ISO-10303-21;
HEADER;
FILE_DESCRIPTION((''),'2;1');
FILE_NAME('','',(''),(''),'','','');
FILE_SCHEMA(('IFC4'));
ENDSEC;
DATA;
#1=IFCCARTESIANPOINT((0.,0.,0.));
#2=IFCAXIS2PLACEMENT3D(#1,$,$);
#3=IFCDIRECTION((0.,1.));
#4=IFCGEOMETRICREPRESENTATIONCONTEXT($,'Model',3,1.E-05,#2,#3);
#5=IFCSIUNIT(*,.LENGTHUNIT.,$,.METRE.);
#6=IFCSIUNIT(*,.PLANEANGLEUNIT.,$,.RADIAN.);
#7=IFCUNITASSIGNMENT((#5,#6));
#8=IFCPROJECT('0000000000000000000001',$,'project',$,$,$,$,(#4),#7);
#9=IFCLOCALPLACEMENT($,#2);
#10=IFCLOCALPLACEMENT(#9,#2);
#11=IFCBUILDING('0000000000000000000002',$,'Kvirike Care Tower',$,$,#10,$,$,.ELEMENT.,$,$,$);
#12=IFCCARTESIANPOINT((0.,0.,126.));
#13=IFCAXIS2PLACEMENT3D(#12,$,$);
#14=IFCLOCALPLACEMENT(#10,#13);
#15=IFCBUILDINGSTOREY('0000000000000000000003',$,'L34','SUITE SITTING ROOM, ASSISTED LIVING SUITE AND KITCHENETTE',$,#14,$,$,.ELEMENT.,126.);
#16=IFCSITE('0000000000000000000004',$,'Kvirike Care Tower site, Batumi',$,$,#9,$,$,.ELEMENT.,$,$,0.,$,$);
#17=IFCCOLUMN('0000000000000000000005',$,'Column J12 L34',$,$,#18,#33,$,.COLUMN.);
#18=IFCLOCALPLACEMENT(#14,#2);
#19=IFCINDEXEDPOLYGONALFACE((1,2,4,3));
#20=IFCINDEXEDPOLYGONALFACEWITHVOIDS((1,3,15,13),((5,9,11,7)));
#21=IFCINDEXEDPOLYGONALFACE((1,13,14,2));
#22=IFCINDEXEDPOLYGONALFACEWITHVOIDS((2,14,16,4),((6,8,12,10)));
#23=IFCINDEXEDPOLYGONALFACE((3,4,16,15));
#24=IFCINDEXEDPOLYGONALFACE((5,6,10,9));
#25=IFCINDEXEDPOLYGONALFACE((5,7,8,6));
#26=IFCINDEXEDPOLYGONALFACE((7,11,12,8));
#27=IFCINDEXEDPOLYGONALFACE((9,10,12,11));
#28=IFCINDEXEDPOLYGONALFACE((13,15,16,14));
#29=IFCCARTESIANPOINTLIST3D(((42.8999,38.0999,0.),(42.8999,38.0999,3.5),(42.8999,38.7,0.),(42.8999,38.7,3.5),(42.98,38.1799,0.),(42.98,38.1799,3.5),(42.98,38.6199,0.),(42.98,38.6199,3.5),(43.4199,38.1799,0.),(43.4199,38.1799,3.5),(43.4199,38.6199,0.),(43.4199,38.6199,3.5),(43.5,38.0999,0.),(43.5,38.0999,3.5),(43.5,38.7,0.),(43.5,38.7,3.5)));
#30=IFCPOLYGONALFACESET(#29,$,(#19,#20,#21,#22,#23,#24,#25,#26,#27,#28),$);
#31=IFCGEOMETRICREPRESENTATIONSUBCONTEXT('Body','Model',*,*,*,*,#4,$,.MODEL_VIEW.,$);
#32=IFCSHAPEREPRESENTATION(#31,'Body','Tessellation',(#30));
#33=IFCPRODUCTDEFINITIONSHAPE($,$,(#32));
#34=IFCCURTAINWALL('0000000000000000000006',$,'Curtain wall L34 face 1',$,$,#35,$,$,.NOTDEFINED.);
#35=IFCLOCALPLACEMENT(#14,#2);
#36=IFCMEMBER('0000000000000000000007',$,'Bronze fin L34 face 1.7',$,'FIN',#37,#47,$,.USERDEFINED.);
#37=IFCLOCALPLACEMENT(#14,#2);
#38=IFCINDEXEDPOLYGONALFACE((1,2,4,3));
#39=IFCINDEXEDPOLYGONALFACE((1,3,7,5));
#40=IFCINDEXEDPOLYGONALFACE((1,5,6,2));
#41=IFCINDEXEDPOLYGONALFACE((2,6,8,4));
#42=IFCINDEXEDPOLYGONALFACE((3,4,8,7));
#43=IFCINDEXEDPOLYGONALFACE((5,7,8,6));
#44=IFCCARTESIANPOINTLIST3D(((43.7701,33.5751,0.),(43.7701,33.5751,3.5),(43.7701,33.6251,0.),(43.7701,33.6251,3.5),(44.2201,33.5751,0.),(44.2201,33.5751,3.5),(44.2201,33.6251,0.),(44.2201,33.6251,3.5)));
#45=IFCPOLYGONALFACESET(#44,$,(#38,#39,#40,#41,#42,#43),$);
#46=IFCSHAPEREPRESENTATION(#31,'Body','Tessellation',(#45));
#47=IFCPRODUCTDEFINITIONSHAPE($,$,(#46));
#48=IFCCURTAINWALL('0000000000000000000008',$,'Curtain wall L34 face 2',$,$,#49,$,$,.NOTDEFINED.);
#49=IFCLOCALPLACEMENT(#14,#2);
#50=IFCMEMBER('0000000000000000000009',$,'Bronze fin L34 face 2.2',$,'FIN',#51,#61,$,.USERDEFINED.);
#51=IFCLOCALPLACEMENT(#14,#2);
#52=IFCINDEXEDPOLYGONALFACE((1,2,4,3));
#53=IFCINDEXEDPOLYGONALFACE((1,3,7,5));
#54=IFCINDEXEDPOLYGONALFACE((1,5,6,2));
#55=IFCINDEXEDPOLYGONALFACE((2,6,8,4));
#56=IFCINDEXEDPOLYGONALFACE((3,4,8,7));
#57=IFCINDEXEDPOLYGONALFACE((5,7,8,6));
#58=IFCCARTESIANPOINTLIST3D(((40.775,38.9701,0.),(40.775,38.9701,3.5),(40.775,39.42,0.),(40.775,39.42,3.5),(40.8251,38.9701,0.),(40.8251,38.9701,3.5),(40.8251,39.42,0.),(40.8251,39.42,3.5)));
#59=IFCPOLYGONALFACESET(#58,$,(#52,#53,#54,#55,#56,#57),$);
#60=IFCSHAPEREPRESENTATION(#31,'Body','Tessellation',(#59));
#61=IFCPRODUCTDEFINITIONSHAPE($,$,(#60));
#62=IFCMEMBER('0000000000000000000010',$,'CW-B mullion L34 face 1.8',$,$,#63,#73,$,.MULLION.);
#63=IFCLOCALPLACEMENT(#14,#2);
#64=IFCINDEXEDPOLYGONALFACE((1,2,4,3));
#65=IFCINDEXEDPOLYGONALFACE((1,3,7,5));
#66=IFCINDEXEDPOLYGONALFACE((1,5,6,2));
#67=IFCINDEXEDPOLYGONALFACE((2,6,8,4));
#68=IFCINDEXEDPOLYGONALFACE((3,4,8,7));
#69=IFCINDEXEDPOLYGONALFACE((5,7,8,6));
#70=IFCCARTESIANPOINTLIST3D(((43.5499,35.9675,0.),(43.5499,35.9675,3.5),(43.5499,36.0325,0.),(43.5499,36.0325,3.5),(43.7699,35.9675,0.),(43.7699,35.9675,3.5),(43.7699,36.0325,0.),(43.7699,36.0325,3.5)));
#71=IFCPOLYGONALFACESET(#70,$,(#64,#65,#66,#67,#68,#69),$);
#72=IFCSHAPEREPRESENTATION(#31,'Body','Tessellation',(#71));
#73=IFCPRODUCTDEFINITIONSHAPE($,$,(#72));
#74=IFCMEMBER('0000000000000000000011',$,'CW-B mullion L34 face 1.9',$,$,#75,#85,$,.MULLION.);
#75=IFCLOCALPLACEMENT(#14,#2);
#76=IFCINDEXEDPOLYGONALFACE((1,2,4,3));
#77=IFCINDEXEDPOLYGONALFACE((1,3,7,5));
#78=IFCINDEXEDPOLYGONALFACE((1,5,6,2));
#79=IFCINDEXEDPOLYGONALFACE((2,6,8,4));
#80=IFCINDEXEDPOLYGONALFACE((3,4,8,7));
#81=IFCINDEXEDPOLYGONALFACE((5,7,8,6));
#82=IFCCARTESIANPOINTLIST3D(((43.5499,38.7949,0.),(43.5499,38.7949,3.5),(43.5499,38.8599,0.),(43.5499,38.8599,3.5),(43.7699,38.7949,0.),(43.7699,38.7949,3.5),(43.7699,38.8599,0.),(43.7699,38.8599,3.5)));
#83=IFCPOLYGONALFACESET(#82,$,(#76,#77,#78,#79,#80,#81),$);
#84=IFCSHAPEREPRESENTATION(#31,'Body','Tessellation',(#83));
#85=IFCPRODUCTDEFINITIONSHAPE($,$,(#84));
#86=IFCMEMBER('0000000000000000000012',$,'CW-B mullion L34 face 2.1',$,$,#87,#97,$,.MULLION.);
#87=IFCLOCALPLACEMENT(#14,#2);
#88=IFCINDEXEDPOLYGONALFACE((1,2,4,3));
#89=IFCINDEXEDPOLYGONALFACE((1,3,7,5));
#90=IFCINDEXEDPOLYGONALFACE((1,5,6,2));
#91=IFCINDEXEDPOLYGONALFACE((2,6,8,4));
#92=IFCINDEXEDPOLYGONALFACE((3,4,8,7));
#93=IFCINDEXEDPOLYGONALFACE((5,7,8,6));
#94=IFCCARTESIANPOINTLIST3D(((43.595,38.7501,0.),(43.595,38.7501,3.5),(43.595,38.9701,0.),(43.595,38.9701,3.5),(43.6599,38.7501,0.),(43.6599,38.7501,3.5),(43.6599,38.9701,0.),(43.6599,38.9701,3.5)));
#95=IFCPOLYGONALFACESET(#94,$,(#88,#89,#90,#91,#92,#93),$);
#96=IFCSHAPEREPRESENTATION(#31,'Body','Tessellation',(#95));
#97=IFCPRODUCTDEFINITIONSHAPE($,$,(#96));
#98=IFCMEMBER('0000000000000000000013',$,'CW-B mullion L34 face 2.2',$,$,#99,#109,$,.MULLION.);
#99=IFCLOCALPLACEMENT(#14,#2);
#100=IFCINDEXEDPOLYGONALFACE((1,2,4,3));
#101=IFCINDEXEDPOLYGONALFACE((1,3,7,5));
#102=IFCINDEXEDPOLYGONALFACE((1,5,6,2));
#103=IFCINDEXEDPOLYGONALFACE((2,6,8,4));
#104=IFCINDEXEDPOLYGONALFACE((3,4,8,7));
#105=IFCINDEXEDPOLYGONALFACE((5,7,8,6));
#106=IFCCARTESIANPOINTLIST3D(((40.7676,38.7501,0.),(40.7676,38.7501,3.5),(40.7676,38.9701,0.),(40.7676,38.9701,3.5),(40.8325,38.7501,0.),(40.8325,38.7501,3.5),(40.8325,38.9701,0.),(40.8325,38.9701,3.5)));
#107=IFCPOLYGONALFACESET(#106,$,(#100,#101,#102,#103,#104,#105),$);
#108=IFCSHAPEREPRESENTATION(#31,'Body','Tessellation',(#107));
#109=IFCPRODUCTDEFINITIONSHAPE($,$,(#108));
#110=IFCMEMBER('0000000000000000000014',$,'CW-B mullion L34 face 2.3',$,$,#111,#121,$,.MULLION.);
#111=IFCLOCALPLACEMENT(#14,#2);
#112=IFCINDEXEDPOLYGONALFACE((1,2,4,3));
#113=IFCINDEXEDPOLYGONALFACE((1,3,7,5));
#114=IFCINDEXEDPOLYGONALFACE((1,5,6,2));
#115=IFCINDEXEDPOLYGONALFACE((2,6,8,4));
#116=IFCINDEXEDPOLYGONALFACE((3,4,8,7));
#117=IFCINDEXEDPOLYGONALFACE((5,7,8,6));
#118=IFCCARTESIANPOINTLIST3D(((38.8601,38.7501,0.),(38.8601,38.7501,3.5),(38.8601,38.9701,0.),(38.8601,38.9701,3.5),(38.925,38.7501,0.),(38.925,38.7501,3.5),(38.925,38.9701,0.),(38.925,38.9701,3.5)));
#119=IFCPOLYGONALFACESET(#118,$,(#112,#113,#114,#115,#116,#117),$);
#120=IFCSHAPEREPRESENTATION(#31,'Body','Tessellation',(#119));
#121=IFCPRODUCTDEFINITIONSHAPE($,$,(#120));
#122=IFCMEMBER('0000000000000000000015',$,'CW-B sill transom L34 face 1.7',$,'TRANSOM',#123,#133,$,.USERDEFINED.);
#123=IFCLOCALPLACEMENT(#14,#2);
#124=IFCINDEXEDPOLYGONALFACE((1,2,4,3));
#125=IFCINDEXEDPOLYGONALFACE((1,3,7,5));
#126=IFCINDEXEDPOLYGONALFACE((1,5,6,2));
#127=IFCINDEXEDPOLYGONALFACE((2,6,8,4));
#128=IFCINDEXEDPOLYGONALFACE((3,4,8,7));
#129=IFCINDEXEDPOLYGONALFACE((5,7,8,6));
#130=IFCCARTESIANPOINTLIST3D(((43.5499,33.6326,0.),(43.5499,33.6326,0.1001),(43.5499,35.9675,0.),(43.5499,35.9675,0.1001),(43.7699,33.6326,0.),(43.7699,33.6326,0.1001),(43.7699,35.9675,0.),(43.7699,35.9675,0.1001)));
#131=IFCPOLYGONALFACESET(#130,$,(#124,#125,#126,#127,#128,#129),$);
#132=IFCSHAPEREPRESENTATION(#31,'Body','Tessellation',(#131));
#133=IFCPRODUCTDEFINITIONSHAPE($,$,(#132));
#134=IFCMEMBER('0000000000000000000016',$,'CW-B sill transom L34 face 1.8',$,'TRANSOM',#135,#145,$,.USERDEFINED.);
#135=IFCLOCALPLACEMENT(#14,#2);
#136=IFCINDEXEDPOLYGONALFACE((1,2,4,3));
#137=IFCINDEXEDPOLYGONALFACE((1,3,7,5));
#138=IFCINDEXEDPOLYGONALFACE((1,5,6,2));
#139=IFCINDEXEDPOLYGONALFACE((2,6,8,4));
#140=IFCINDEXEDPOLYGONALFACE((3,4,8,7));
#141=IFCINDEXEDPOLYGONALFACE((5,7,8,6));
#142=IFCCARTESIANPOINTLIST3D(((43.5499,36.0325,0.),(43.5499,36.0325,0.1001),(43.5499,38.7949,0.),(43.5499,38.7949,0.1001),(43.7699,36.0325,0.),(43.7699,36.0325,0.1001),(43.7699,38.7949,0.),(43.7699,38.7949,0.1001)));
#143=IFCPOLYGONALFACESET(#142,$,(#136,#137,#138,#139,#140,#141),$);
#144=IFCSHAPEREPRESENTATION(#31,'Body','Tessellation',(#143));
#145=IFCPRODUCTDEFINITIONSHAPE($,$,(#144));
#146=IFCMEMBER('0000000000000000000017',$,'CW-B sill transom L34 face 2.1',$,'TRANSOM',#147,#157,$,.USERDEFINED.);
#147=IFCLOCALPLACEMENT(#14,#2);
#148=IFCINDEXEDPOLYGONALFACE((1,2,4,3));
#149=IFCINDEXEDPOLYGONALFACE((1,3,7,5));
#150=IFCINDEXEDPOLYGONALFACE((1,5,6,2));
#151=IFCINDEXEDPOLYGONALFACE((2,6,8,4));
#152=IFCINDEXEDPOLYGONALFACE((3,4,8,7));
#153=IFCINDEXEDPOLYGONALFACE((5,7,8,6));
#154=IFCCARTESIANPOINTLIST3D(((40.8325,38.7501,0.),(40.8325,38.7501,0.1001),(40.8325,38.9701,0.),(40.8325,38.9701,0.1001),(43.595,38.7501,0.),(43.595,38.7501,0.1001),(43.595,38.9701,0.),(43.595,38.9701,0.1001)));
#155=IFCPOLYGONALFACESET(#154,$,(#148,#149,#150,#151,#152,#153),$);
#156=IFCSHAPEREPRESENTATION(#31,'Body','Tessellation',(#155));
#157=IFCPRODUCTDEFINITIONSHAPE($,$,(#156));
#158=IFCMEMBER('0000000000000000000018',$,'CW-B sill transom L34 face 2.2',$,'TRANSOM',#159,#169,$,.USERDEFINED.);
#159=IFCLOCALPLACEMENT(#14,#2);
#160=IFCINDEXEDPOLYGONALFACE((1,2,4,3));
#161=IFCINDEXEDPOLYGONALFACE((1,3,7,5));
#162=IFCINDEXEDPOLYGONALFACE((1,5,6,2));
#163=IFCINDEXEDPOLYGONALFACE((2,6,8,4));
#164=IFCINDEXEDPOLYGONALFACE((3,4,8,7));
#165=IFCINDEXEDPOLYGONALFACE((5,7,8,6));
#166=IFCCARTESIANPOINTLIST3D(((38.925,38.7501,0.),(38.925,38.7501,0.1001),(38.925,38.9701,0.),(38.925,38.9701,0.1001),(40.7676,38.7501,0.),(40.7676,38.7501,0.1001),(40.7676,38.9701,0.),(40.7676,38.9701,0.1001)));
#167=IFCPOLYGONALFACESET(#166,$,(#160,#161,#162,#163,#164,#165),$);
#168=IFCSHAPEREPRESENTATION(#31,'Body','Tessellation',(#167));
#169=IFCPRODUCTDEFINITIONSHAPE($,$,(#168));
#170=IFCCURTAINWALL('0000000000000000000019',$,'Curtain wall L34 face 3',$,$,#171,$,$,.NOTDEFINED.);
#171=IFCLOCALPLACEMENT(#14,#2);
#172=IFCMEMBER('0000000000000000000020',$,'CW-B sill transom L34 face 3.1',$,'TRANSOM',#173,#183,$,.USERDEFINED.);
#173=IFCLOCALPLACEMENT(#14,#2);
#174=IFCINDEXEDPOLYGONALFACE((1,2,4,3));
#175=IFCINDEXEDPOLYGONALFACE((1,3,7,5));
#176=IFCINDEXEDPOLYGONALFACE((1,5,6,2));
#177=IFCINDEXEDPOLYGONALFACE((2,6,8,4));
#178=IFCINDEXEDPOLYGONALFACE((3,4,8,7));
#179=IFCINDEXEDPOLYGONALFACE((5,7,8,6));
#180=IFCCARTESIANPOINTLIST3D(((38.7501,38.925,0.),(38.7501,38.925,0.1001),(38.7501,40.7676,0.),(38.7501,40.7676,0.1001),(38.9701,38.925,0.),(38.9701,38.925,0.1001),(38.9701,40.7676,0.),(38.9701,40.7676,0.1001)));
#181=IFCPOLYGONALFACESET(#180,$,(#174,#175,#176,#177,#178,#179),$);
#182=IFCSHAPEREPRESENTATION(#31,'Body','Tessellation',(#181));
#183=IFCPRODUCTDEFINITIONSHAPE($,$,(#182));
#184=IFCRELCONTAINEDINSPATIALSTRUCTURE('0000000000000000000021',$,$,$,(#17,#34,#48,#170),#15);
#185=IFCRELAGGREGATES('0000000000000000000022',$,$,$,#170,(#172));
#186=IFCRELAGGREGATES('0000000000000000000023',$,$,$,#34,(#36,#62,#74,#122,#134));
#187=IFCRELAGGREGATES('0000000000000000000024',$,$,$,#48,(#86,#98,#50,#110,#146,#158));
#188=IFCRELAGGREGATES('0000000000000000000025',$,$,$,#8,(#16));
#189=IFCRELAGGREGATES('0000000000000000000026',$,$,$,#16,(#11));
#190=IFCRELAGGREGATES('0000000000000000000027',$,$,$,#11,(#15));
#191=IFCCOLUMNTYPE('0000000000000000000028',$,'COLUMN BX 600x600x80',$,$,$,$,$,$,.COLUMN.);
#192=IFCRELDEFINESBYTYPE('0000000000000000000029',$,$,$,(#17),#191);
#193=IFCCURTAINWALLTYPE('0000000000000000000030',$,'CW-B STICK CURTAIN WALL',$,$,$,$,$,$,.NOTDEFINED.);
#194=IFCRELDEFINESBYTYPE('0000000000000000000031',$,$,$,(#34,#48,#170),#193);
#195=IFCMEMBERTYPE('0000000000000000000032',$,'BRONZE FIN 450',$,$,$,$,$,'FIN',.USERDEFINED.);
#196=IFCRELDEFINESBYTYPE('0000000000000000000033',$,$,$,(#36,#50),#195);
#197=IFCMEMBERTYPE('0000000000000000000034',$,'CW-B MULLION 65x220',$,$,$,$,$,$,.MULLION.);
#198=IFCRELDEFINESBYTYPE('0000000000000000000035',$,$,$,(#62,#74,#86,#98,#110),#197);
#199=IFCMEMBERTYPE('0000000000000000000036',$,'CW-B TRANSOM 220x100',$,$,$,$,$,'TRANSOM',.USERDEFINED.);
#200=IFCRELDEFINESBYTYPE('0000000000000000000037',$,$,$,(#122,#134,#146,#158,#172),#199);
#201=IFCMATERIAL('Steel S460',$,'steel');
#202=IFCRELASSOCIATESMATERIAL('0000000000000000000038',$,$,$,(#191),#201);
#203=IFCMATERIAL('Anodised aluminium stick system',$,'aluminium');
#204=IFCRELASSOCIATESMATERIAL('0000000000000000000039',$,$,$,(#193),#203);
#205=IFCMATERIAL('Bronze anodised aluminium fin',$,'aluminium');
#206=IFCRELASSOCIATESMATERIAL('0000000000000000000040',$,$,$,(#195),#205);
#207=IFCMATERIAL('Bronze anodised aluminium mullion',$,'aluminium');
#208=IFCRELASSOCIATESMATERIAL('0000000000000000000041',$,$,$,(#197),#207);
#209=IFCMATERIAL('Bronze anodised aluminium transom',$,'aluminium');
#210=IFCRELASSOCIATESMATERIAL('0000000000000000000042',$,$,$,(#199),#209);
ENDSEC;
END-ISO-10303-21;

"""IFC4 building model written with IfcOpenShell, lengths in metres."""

from ifc_helpers import new_model, si_unit, direction, frame, origin, origin_2d, place, context, subcontext, project, spatial, rectangle, hollow_rectangle, extrude, material, material_profile, profile_set, type_object, element, aggregate, save


model = new_model("IFC4")

# Units and contexts
model_context = context("Model", 3, precision=1e-05, world=origin(), true_north=direction((0.0, 1.0)))
body_context = subcontext(model_context, "Body", "Model", "MODEL_VIEW")
ifc_project = project(units=[si_unit("LENGTHUNIT", "METRE"), si_unit("PLANEANGLEUNIT", "RADIAN")], contexts=[model_context])

# Site, building, storey
site_placement = place(None, origin())
site = spatial("IfcSite", under=ifc_project, at=site_placement, Name="Kvirike Care Tower site, Batumi", CompositionType="ELEMENT", RefElevation=0.0)
building_placement = place(site_placement, origin())
building = spatial("IfcBuilding", under=site, at=building_placement, Name="Kvirike Care Tower", CompositionType="ELEMENT")
storey_placement = place(building_placement, frame((0.0, 0.0, 126.0)))
storey = spatial("IfcBuildingStorey", under=building, at=storey_placement, Name="L34", Description="SUITE SITTING ROOM, ASSISTED LIVING SUITE AND KITCHENETTE", CompositionType="ELEMENT", Elevation=126.0)

# Column
ifc_material_1 = material(Name="Steel S460", Category="steel")
ifc_material_profile_1 = material_profile(ifc_material_1, hollow_rectangle(XDim=0.6001, YDim=0.6001, WallThickness=0.0801, at=origin_2d()), Name="BX 600x600x80")
ifc_profile_set_1 = profile_set([ifc_material_profile_1], Name="Steel S460")
column_type = type_object("IfcColumnType", Name="COLUMN BX 600x600x80", PredefinedType="COLUMN", material=ifc_profile_set_1)
column_placement = place(storey_placement, frame((43.2, 38.3999, 0.0), z_axis=(0.0, 0.0, 1.0), x_axis=(0.0, 1.0, 0.0)))
element("IfcColumn", 1, at=column_placement, inside=storey, type_object=column_type, Name="Column J12 L34", PredefinedType="COLUMN", context=body_context, shape_type="SweptSolid", body=[
    extrude(hollow_rectangle(XDim=0.6001, YDim=0.6001, WallThickness=0.0801, at=origin_2d()), origin(), (0.0, 0.0, 1.0), 3.5),
])

# Curtain walls, members
ifc_material_2 = material(Name="Anodised aluminium stick system", Category="aluminium")
curtain_wall_type = type_object("IfcCurtainWallType", Name="CW-B STICK CURTAIN WALL", PredefinedType="NOTDEFINED", material=ifc_material_2)
curtain_wall_1_placement = place(storey_placement, origin())
curtain_wall_1 = element("IfcCurtainWall", 2, at=curtain_wall_1_placement, inside=storey, type_object=curtain_wall_type, Name="Curtain wall L34 face 1", PredefinedType="NOTDEFINED")
ifc_material_3 = material(Name="Bronze anodised aluminium fin", Category="aluminium")
ifc_material_profile_2 = material_profile(ifc_material_3, rectangle(XDim=0.05, YDim=0.45, at=origin_2d()), Name="BRONZE FIN 450")
ifc_profile_set_2 = profile_set([ifc_material_profile_2], Name="Bronze anodised aluminium fin")
member_type_1 = type_object("IfcMemberType", Name="BRONZE FIN 450", ElementType="FIN", PredefinedType="USERDEFINED", material=ifc_profile_set_2)
member_1_placement = place(storey_placement, frame((43.9951, 33.6001, 0.0), z_axis=(0.0, 0.0, 1.0), x_axis=(0.0, 1.0, 0.0)))
member_1 = element("IfcMember", 3, at=member_1_placement, type_object=member_type_1, Name="Bronze fin L34 face 1.7", ObjectType="FIN", PredefinedType="USERDEFINED", context=body_context, shape_type="SweptSolid", body=[
    extrude(rectangle(XDim=0.05, YDim=0.45, at=origin_2d()), origin(), (0.0, 0.0, 1.0), 3.5),
])
curtain_wall_2_placement = place(storey_placement, origin())
curtain_wall_2 = element("IfcCurtainWall", 4, at=curtain_wall_2_placement, inside=storey, type_object=curtain_wall_type, Name="Curtain wall L34 face 2", PredefinedType="NOTDEFINED")
member_2_placement = place(storey_placement, frame((40.8, 39.1951, 0.0), z_axis=(0.0, 0.0, 1.0), x_axis=(-1.0, 0.0, 0.0)))
member_2 = element("IfcMember", 5, at=member_2_placement, type_object=member_type_1, Name="Bronze fin L34 face 2.2", ObjectType="FIN", PredefinedType="USERDEFINED", context=body_context, shape_type="SweptSolid", body=[
    extrude(rectangle(XDim=0.05, YDim=0.45, at=origin_2d()), origin(), (0.0, 0.0, 1.0), 3.5),
])

# Members
ifc_material_4 = material(Name="Bronze anodised aluminium mullion", Category="aluminium")
ifc_material_profile_3 = material_profile(ifc_material_4, rectangle(XDim=0.0649, YDim=0.22, at=origin_2d()), Name="CW-B MULLION 65x220")
ifc_profile_set_3 = profile_set([ifc_material_profile_3], Name="Bronze anodised aluminium mullion")
member_type_2 = type_object("IfcMemberType", Name="CW-B MULLION 65x220", PredefinedType="MULLION", material=ifc_profile_set_3)
member_3_placement = place(storey_placement, frame((43.6599, 36.0, 0.0), z_axis=(0.0, 0.0, 1.0), x_axis=(0.0, 1.0, 0.0)))
member_3 = element("IfcMember", 6, at=member_3_placement, type_object=member_type_2, Name="CW-B mullion L34 face 1.8", PredefinedType="MULLION", context=body_context, shape_type="SweptSolid", body=[
    extrude(rectangle(XDim=0.0649, YDim=0.22, at=origin_2d()), origin(), (0.0, 0.0, 1.0), 3.5),
])
member_4_placement = place(storey_placement, frame((43.6599, 38.8274, 0.0), z_axis=(0.0, 0.0, 1.0), x_axis=(0.0, 1.0, 0.0)))
member_4 = element("IfcMember", 7, at=member_4_placement, type_object=member_type_2, Name="CW-B mullion L34 face 1.9", PredefinedType="MULLION", context=body_context, shape_type="SweptSolid", body=[
    extrude(rectangle(XDim=0.0649, YDim=0.22, at=origin_2d()), origin(), (0.0, 0.0, 1.0), 3.5),
])
member_5_placement = place(storey_placement, frame((43.6274, 38.8601, 0.0), z_axis=(0.0, 0.0, 1.0), x_axis=(-1.0, 0.0, 0.0)))
member_5 = element("IfcMember", 8, at=member_5_placement, type_object=member_type_2, Name="CW-B mullion L34 face 2.1", PredefinedType="MULLION", context=body_context, shape_type="SweptSolid", body=[
    extrude(rectangle(XDim=0.0649, YDim=0.22, at=origin_2d()), origin(), (0.0, 0.0, 1.0), 3.5),
])
member_6_placement = place(storey_placement, frame((40.8, 38.8601, 0.0), z_axis=(0.0, 0.0, 1.0), x_axis=(-1.0, 0.0, 0.0)))
member_6 = element("IfcMember", 9, at=member_6_placement, type_object=member_type_2, Name="CW-B mullion L34 face 2.2", PredefinedType="MULLION", context=body_context, shape_type="SweptSolid", body=[
    extrude(rectangle(XDim=0.0649, YDim=0.22, at=origin_2d()), origin(), (0.0, 0.0, 1.0), 3.5),
])
member_7_placement = place(storey_placement, frame((38.8926, 38.8601, 0.0), z_axis=(0.0, 0.0, 1.0), x_axis=(-1.0, 0.0, 0.0)))
member_7 = element("IfcMember", 10, at=member_7_placement, type_object=member_type_2, Name="CW-B mullion L34 face 2.3", PredefinedType="MULLION", context=body_context, shape_type="SweptSolid", body=[
    extrude(rectangle(XDim=0.0649, YDim=0.22, at=origin_2d()), origin(), (0.0, 0.0, 1.0), 3.5),
])
ifc_material_5 = material(Name="Bronze anodised aluminium transom", Category="aluminium")
ifc_material_profile_4 = material_profile(ifc_material_5, rectangle(XDim=0.22, YDim=0.1001, at=origin_2d()), Name="CW-B TRANSOM 220x100")
ifc_profile_set_4 = profile_set([ifc_material_profile_4], Name="Bronze anodised aluminium transom")
member_type_3 = type_object("IfcMemberType", Name="CW-B TRANSOM 220x100", ElementType="TRANSOM", PredefinedType="USERDEFINED", material=ifc_profile_set_4)
member_8_placement = place(storey_placement, frame((43.6599, 33.6326, 0.05), z_axis=(0.0, 1.0, 0.0), x_axis=(-1.0, 0.0, 0.0)))
member_8 = element("IfcMember", 11, at=member_8_placement, type_object=member_type_3, Name="CW-B sill transom L34 face 1.7", ObjectType="TRANSOM", PredefinedType="USERDEFINED", context=body_context, shape_type="SweptSolid", body=[
    extrude(rectangle(XDim=0.22, YDim=0.1001, at=origin_2d()), origin(), (0.0, 0.0, 1.0), 2.335),
])
member_9_placement = place(storey_placement, frame((43.6599, 36.0325, 0.05), z_axis=(0.0, 1.0, 0.0), x_axis=(-1.0, 0.0, 0.0)))
member_9 = element("IfcMember", 12, at=member_9_placement, type_object=member_type_3, Name="CW-B sill transom L34 face 1.8", ObjectType="TRANSOM", PredefinedType="USERDEFINED", context=body_context, shape_type="SweptSolid", body=[
    extrude(rectangle(XDim=0.22, YDim=0.1001, at=origin_2d()), origin(), (0.0, 0.0, 1.0), 2.7625),
])
member_10_placement = place(storey_placement, frame((43.595, 38.8601, 0.05), z_axis=(-1.0, 0.0, 0.0), x_axis=(0.0, -1.0, 0.0)))
member_10 = element("IfcMember", 13, at=member_10_placement, type_object=member_type_3, Name="CW-B sill transom L34 face 2.1", ObjectType="TRANSOM", PredefinedType="USERDEFINED", context=body_context, shape_type="SweptSolid", body=[
    extrude(rectangle(XDim=0.22, YDim=0.1001, at=origin_2d()), origin(), (0.0, 0.0, 1.0), 2.7625),
])
member_11_placement = place(storey_placement, frame((40.7676, 38.8601, 0.05), z_axis=(-1.0, 0.0, 0.0), x_axis=(0.0, -1.0, 0.0)))
member_11 = element("IfcMember", 14, at=member_11_placement, type_object=member_type_3, Name="CW-B sill transom L34 face 2.2", ObjectType="TRANSOM", PredefinedType="USERDEFINED", context=body_context, shape_type="SweptSolid", body=[
    extrude(rectangle(XDim=0.22, YDim=0.1001, at=origin_2d()), origin(), (0.0, 0.0, 1.0), 1.8425),
])

# Curtain wall, member
curtain_wall_3_placement = place(storey_placement, origin())
curtain_wall_3 = element("IfcCurtainWall", 15, at=curtain_wall_3_placement, inside=storey, type_object=curtain_wall_type, Name="Curtain wall L34 face 3", PredefinedType="NOTDEFINED")
member_12_placement = place(storey_placement, frame((38.8601, 38.925, 0.05), z_axis=(0.0, 1.0, 0.0), x_axis=(-1.0, 0.0, 0.0)))
member_12 = element("IfcMember", 16, at=member_12_placement, type_object=member_type_3, Name="CW-B sill transom L34 face 3.1", ObjectType="TRANSOM", PredefinedType="USERDEFINED", context=body_context, shape_type="SweptSolid", body=[
    extrude(rectangle(XDim=0.22, YDim=0.1001, at=origin_2d()), origin(), (0.0, 0.0, 1.0), 1.8425),
])
aggregate(curtain_wall_3, [member_12])

aggregate(curtain_wall_1, [member_1, member_3, member_4, member_8, member_9])
aggregate(curtain_wall_2, [member_5, member_6, member_2, member_7, member_10, member_11])

save(model, "model.ifc")
